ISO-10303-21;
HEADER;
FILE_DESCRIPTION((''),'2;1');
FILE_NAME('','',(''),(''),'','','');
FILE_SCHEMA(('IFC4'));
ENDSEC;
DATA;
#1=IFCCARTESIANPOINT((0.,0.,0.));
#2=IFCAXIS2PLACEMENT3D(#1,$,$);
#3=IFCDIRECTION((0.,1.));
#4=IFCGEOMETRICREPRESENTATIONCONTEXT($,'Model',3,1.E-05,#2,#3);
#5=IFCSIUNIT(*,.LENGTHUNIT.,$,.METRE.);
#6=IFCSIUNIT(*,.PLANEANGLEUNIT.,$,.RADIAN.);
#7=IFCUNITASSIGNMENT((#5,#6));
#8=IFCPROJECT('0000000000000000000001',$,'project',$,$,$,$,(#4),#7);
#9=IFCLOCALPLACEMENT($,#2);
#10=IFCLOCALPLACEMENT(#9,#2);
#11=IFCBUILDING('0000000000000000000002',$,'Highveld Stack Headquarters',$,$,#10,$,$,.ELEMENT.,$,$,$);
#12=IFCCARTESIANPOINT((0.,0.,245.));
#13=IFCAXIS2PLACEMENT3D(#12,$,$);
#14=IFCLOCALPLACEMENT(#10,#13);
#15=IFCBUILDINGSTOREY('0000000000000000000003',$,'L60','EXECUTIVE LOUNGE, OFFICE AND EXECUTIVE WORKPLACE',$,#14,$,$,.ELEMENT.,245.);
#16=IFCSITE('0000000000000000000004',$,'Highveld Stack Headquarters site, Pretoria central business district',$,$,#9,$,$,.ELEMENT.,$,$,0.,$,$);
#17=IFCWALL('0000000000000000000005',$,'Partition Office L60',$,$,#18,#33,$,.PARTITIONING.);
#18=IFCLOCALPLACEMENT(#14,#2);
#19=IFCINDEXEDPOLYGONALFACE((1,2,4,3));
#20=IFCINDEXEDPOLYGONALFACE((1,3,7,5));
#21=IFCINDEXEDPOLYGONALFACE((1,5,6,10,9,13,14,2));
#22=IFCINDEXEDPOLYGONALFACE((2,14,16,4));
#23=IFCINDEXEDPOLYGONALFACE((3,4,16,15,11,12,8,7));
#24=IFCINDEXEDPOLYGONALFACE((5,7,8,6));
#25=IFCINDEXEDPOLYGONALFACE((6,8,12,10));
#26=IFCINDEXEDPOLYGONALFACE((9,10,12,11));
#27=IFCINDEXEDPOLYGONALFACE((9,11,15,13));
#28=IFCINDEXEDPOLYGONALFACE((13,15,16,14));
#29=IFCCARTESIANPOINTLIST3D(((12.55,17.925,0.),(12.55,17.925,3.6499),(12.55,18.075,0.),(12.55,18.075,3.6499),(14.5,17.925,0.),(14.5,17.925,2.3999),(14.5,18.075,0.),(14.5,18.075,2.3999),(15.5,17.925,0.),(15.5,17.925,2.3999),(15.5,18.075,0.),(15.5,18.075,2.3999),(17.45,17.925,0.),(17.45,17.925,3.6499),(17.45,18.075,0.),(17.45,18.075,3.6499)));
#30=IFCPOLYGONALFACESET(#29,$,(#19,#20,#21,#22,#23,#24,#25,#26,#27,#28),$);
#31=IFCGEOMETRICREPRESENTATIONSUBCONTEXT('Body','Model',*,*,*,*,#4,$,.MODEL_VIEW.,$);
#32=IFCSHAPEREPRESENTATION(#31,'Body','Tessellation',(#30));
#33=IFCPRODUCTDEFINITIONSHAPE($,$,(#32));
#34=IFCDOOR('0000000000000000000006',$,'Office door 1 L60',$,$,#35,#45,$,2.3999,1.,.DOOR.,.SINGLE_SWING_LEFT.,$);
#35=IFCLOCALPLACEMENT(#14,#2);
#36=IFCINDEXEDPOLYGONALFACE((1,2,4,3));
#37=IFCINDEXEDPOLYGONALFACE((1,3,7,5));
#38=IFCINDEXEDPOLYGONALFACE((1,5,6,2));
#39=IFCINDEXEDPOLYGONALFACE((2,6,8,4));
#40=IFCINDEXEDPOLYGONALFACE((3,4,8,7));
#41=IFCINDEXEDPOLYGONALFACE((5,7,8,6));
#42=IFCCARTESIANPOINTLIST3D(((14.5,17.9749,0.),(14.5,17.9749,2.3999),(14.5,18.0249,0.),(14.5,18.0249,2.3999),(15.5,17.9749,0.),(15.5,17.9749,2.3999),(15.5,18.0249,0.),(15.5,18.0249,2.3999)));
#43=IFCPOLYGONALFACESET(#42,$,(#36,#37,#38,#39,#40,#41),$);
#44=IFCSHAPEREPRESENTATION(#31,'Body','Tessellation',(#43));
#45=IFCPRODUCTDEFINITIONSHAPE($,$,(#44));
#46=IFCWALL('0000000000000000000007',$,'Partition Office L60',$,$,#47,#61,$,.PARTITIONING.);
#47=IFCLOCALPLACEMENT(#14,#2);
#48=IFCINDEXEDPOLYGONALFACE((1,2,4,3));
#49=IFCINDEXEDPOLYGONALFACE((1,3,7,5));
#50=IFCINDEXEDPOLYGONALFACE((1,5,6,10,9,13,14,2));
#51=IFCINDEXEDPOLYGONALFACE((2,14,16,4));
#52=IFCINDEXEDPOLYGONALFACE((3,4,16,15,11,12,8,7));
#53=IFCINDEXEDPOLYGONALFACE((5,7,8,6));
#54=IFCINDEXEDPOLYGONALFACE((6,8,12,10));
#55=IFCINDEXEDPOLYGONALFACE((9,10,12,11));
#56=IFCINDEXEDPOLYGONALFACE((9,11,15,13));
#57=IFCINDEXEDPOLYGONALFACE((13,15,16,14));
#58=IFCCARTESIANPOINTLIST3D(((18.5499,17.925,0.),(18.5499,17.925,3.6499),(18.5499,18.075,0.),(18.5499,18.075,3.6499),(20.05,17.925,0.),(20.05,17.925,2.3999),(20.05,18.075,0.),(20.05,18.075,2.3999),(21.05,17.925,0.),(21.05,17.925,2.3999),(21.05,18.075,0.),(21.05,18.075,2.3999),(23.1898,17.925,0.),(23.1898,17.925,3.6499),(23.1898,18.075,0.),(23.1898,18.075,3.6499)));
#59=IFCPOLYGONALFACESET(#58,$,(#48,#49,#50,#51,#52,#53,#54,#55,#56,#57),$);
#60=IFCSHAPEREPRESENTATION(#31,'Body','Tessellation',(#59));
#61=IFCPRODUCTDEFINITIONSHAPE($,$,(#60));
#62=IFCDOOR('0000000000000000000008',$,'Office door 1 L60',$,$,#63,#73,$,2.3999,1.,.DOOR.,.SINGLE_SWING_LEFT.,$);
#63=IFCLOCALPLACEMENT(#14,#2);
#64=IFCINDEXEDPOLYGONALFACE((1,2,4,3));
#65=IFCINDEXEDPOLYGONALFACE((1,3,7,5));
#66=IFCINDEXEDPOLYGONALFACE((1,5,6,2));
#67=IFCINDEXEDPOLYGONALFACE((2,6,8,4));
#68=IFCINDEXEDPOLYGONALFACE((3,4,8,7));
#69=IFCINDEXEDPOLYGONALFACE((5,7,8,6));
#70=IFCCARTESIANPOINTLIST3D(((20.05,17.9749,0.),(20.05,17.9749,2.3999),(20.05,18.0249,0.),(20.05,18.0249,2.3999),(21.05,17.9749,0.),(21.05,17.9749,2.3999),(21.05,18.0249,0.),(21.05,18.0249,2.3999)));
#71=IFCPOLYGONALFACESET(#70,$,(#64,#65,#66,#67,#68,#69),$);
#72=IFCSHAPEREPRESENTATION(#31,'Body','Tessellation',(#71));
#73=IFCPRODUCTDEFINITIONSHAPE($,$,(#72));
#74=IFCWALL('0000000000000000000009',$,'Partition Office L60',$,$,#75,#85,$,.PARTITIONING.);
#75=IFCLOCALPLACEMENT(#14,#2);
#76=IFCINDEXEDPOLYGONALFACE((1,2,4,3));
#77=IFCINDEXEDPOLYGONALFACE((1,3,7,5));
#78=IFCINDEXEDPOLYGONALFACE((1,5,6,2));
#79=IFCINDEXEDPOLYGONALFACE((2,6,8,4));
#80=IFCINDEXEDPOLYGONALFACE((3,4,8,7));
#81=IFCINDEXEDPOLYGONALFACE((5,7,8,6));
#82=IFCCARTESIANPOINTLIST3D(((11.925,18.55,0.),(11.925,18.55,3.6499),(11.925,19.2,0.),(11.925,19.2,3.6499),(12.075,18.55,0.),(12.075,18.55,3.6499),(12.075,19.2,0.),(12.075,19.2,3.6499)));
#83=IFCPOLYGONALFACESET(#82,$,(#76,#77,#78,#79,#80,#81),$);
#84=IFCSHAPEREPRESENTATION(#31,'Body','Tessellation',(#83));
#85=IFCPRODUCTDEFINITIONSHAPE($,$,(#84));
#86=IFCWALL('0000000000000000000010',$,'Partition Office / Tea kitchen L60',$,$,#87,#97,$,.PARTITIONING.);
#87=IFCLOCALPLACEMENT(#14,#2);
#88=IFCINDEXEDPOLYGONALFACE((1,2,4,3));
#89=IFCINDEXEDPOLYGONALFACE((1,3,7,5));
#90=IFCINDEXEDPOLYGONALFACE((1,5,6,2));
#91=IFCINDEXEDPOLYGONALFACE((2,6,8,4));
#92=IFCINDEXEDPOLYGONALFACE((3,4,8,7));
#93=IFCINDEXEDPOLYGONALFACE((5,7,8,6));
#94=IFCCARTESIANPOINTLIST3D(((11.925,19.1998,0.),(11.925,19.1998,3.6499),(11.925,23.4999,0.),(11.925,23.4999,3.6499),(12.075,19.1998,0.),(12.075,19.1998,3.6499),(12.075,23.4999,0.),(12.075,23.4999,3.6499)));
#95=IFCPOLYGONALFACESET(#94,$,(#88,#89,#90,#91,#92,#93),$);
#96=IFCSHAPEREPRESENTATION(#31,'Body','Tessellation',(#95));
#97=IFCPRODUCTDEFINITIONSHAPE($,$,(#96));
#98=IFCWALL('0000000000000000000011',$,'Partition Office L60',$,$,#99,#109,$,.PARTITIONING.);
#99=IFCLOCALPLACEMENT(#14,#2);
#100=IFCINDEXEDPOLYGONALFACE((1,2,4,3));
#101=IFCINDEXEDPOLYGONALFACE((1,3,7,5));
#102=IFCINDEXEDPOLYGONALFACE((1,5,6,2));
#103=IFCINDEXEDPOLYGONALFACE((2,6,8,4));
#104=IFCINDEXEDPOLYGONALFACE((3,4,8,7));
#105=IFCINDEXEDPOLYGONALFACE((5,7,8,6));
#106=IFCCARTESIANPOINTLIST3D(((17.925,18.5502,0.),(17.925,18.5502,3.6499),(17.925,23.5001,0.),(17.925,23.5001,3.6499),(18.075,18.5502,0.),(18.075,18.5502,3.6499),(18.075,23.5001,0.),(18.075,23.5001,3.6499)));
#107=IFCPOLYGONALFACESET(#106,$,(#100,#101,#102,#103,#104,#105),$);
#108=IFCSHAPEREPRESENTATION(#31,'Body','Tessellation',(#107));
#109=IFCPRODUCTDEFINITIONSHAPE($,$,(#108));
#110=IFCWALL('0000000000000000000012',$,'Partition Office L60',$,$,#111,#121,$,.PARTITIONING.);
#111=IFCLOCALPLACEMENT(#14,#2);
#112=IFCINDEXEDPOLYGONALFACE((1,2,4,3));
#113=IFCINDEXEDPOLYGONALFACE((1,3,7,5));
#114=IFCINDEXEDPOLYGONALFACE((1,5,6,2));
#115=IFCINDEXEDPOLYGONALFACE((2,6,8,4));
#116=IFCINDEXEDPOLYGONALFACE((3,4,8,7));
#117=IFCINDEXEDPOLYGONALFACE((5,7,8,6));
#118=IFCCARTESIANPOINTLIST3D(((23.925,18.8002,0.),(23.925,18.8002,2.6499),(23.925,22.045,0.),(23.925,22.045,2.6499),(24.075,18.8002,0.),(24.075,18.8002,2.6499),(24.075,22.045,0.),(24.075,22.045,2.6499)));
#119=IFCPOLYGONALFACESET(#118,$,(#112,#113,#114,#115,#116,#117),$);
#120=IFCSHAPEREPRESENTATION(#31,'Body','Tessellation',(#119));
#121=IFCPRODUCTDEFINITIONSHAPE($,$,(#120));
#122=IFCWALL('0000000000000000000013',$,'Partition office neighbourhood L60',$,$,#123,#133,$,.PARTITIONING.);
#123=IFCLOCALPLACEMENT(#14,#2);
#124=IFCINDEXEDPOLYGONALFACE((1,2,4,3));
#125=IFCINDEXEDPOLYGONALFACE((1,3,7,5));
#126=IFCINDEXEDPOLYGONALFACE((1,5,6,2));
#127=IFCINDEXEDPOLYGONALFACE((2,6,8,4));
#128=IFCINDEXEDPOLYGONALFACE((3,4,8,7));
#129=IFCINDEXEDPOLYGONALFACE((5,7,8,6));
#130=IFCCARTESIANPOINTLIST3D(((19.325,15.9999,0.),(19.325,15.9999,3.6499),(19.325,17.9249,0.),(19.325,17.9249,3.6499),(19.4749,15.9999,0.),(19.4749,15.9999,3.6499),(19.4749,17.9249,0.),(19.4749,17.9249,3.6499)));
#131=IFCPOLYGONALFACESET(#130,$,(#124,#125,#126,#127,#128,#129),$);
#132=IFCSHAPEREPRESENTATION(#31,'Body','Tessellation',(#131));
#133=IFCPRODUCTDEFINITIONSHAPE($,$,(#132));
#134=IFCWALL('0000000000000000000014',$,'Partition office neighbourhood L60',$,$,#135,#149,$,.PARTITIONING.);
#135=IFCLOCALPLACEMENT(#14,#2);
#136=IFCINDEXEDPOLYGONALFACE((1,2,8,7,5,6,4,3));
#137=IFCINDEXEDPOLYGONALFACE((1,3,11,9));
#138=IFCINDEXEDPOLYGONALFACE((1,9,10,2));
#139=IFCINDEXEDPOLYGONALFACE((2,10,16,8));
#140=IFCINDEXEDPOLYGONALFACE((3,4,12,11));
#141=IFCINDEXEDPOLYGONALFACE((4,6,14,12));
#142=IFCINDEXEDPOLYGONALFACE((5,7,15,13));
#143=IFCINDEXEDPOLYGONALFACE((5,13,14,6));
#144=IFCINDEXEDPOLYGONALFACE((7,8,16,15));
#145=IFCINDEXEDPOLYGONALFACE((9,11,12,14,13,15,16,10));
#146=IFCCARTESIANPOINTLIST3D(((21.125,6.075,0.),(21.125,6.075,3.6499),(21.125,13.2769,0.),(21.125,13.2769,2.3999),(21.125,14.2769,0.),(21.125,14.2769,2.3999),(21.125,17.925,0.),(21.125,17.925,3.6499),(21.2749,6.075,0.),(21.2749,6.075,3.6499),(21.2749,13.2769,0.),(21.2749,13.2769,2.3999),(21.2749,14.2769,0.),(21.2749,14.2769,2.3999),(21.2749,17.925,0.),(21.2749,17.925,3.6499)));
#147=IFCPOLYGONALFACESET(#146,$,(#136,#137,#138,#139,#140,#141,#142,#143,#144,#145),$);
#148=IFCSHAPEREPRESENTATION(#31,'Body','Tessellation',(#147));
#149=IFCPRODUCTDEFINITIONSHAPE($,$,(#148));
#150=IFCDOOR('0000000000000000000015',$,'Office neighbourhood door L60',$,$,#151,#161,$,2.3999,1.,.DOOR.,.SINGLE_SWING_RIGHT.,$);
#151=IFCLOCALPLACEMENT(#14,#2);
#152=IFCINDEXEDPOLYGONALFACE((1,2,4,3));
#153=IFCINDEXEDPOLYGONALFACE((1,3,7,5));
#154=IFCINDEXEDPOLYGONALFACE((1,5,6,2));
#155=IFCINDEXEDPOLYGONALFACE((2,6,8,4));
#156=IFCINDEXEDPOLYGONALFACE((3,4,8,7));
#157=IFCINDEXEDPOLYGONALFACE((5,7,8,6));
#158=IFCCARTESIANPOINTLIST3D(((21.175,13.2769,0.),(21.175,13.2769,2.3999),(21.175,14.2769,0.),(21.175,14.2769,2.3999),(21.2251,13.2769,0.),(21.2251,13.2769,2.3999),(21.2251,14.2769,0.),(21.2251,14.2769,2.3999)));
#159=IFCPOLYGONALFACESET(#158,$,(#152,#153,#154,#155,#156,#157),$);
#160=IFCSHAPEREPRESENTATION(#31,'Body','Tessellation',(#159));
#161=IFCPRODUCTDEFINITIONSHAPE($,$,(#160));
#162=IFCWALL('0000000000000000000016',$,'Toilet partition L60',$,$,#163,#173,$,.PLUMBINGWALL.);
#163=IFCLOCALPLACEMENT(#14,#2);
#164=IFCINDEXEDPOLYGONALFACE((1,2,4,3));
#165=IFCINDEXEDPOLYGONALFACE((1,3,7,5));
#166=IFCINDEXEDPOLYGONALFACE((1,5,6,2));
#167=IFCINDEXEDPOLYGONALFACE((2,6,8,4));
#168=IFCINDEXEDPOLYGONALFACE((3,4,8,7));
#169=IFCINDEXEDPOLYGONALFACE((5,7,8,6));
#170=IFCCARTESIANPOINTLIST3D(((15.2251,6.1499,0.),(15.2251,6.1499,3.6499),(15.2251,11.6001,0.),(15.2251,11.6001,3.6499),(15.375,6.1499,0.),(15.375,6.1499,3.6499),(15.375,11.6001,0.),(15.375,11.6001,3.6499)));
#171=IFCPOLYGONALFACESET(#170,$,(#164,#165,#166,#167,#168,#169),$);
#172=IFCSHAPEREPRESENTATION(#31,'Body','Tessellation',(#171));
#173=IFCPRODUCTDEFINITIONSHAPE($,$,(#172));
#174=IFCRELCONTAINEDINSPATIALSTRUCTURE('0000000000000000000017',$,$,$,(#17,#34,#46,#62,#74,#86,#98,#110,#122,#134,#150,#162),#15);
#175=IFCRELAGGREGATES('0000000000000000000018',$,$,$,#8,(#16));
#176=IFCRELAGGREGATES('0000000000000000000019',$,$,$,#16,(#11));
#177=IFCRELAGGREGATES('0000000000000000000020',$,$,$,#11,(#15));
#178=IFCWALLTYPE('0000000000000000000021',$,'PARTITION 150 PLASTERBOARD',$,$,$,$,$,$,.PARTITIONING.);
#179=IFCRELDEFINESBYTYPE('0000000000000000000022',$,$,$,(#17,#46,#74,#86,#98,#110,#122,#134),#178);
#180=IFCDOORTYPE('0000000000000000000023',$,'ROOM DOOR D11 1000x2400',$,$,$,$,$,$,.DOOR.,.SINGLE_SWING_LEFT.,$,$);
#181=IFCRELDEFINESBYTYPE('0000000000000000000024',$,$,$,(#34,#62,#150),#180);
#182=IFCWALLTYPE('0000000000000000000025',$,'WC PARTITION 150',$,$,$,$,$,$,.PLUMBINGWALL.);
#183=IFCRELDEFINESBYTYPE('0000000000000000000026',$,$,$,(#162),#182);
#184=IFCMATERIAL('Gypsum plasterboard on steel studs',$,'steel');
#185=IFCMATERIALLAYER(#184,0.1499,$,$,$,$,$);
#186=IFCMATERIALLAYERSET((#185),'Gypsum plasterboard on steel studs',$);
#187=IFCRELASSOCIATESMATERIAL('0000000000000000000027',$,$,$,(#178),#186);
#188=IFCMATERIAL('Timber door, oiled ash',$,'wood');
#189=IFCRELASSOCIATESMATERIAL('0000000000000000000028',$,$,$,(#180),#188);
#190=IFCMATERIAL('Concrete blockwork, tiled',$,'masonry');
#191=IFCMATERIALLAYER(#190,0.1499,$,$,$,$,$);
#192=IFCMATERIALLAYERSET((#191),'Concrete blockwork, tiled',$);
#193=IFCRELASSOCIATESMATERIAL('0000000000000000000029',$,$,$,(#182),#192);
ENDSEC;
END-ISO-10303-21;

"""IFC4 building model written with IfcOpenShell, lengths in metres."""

from ifc_helpers import new_model, si_unit, direction, frame, frame_2d, origin, place, context, subcontext, project, spatial, rectangle, extrude, material, layer, layer_set, type_object, element, fill, save


model = new_model("IFC4")

# Units and contexts
model_context = context("Model", 3, precision=1e-05, world=origin(), true_north=direction((0.0, 1.0)))
body_context = subcontext(model_context, "Body", "Model", "MODEL_VIEW")
ifc_project = project(units=[si_unit("LENGTHUNIT", "METRE"), si_unit("PLANEANGLEUNIT", "RADIAN")], contexts=[model_context])

# Site, building, storey
site_placement = place(None, origin())
site = spatial("IfcSite", under=ifc_project, at=site_placement, Name="Highveld Stack Headquarters site, Pretoria central business district", CompositionType="ELEMENT", RefElevation=0.0)
building_placement = place(site_placement, origin())
building = spatial("IfcBuilding", under=site, at=building_placement, Name="Highveld Stack Headquarters", CompositionType="ELEMENT")
storey_placement = place(building_placement, frame((0.0, 0.0, 245.0)))
storey = spatial("IfcBuildingStorey", under=building, at=storey_placement, Name="L60", Description="EXECUTIVE LOUNGE, OFFICE AND EXECUTIVE WORKPLACE", CompositionType="ELEMENT", Elevation=245.0)

# Walls, openings, doors
ifc_material_1 = material(Name="Gypsum plasterboard on steel studs", Category="steel")
ifc_layer_1 = layer(ifc_material_1, 0.1499)
ifc_layer_set_1 = layer_set([ifc_layer_1], Name="Gypsum plasterboard on steel studs")
wall_type_1 = type_object("IfcWallType", Name="PARTITION 150 PLASTERBOARD", PredefinedType="PARTITIONING", material=ifc_layer_set_1)
wall_1_placement = place(storey_placement, frame((12.55, 18.0, 0.0), z_axis=(0.0, 0.0, 1.0), x_axis=(1.0, 0.0, 0.0)))
wall_1 = element("IfcWall", 1, at=wall_1_placement, inside=storey, type_object=wall_type_1, Name="Partition Office L60", PredefinedType="PARTITIONING", context=body_context, shape_type="SweptSolid", body=[
    extrude(rectangle(XDim=4.8999, YDim=0.1499, at=frame_2d((2.45, 0.0))), origin(), (0.0, 0.0, 1.0), 3.6499),
])
opening_1_placement = place(wall_1_placement, frame((1.95, 0.0, 0.0)))
opening_1 = element("IfcOpeningElement", 2, at=opening_1_placement, cuts=wall_1, PredefinedType="OPENING", context=body_context, shape_type="SweptSolid", body=[
    extrude(rectangle(XDim=1.0, YDim=2.3999, at=frame_2d((0.5, 1.2))), frame((0.0, 0.085, 0.0), z_axis=(0.0, -1.0, 0.0), x_axis=(1.0, 0.0, 0.0)), (0.0, 0.0, 1.0), 0.1699),
])
ifc_material_2 = material(Name="Timber door, oiled ash", Category="wood")
door_type = type_object("IfcDoorType", Name="ROOM DOOR D11 1000x2400", OperationType="SINGLE_SWING_LEFT", PredefinedType="DOOR", material=ifc_material_2)
door_1_placement = place(opening_1_placement, origin())
door_1 = element("IfcDoor", 3, at=door_1_placement, inside=storey, type_object=door_type, Name="Office door 1 L60", OperationType="SINGLE_SWING_LEFT", OverallHeight=2.3999, OverallWidth=1.0, PredefinedType="DOOR", context=body_context, shape_type="SweptSolid", body=[
    extrude(rectangle(XDim=1.0, YDim=2.3999, at=frame_2d((0.5, 1.2))), frame((0.0, 0.0249, 0.0), z_axis=(0.0, -1.0, 0.0), x_axis=(1.0, 0.0, 0.0)), (0.0, 0.0, 1.0), 0.05),
])
fill(opening_1, door_1)
wall_2_placement = place(storey_placement, frame((18.55, 18.0, 0.0), z_axis=(0.0, 0.0, 1.0), x_axis=(1.0, 0.0, 0.0)))
wall_2 = element("IfcWall", 4, at=wall_2_placement, inside=storey, type_object=wall_type_1, Name="Partition Office L60", PredefinedType="PARTITIONING", context=body_context, shape_type="SweptSolid", body=[
    extrude(rectangle(XDim=4.6399, YDim=0.1499, at=frame_2d((2.3198, 0.0))), origin(), (0.0, 0.0, 1.0), 3.6499),
])
opening_2_placement = place(wall_2_placement, frame((1.5, 0.0, 0.0)))
opening_2 = element("IfcOpeningElement", 5, at=opening_2_placement, cuts=wall_2, PredefinedType="OPENING", context=body_context, shape_type="SweptSolid", body=[
    extrude(rectangle(XDim=1.0, YDim=2.3999, at=frame_2d((0.5, 1.2))), frame((0.0, 0.085, 0.0), z_axis=(0.0, -1.0, 0.0), x_axis=(1.0, 0.0, 0.0)), (0.0, 0.0, 1.0), 0.1699),
])
door_2_placement = place(opening_2_placement, origin())
door_2 = element("IfcDoor", 6, at=door_2_placement, inside=storey, type_object=door_type, Name="Office door 1 L60", OperationType="SINGLE_SWING_LEFT", OverallHeight=2.3999, OverallWidth=1.0, PredefinedType="DOOR", context=body_context, shape_type="SweptSolid", body=[
    extrude(rectangle(XDim=1.0, YDim=2.3999, at=frame_2d((0.5, 1.2))), frame((0.0, 0.0249, 0.0), z_axis=(0.0, -1.0, 0.0), x_axis=(1.0, 0.0, 0.0)), (0.0, 0.0, 1.0), 0.05),
])
fill(opening_2, door_2)

# Walls
wall_3_placement = place(storey_placement, frame((12.0, 18.55, 0.0), z_axis=(0.0, 0.0, 1.0), x_axis=(0.0, 1.0, 0.0)))
element("IfcWall", 7, at=wall_3_placement, inside=storey, type_object=wall_type_1, Name="Partition Office L60", PredefinedType="PARTITIONING", context=body_context, shape_type="SweptSolid", body=[
    extrude(rectangle(XDim=0.6499, YDim=0.1499, at=frame_2d((0.325, 0.0))), origin(), (0.0, 0.0, 1.0), 3.6499),
])
wall_4_placement = place(storey_placement, frame((12.0, 19.2, 0.0), z_axis=(0.0, 0.0, 1.0), x_axis=(0.0, 1.0, 0.0)))
element("IfcWall", 8, at=wall_4_placement, inside=storey, type_object=wall_type_1, Name="Partition Office / Tea kitchen L60", PredefinedType="PARTITIONING", context=body_context, shape_type="SweptSolid", body=[
    extrude(rectangle(XDim=4.3, YDim=0.1499, at=frame_2d((2.1499, 0.0))), origin(), (0.0, 0.0, 1.0), 3.6499),
])
wall_5_placement = place(storey_placement, frame((18.0, 18.55, 0.0), z_axis=(0.0, 0.0, 1.0), x_axis=(0.0, 1.0, 0.0)))
element("IfcWall", 9, at=wall_5_placement, inside=storey, type_object=wall_type_1, Name="Partition Office L60", PredefinedType="PARTITIONING", context=body_context, shape_type="SweptSolid", body=[
    extrude(rectangle(XDim=4.95, YDim=0.1499, at=frame_2d((2.4751, 0.0))), origin(), (0.0, 0.0, 1.0), 3.6499),
])
wall_6_placement = place(storey_placement, frame((24.0, 18.8, 0.0), z_axis=(0.0, 0.0, 1.0), x_axis=(0.0, 1.0, 0.0)))
element("IfcWall", 10, at=wall_6_placement, inside=storey, type_object=wall_type_1, Name="Partition Office L60", PredefinedType="PARTITIONING", context=body_context, shape_type="SweptSolid", body=[
    extrude(rectangle(XDim=3.2449, YDim=0.1499, at=frame_2d((1.6226, 0.0))), origin(), (0.0, 0.0, 1.0), 2.6499),
])
wall_7_placement = place(storey_placement, frame((19.3999, 16.0, 0.0), z_axis=(0.0, 0.0, 1.0), x_axis=(0.0, 1.0, 0.0)))
element("IfcWall", 11, at=wall_7_placement, inside=storey, type_object=wall_type_1, Name="Partition office neighbourhood L60", PredefinedType="PARTITIONING", context=body_context, shape_type="SweptSolid", body=[
    extrude(rectangle(XDim=1.925, YDim=0.1499, at=frame_2d((0.9624, 0.0))), origin(), (0.0, 0.0, 1.0), 3.6499),
])

# Wall, opening, door
wall_8_placement = place(storey_placement, frame((21.2, 6.075, 0.0), z_axis=(0.0, 0.0, 1.0), x_axis=(0.0, 1.0, 0.0)))
wall_8 = element("IfcWall", 12, at=wall_8_placement, inside=storey, type_object=wall_type_1, Name="Partition office neighbourhood L60", PredefinedType="PARTITIONING", context=body_context, shape_type="SweptSolid", body=[
    extrude(rectangle(XDim=11.8501, YDim=0.1499, at=frame_2d((5.925, 0.0))), origin(), (0.0, 0.0, 1.0), 3.6499),
])
opening_3_placement = place(wall_8_placement, frame((7.2019, 0.0, 0.0)))
opening_3 = element("IfcOpeningElement", 13, at=opening_3_placement, cuts=wall_8, PredefinedType="OPENING", context=body_context, shape_type="SweptSolid", body=[
    extrude(rectangle(XDim=1.0, YDim=2.3999, at=frame_2d((0.5, 1.2))), frame((0.0, 0.085, 0.0), z_axis=(0.0, -1.0, 0.0), x_axis=(1.0, 0.0, 0.0)), (0.0, 0.0, 1.0), 0.1699),
])
door_3_placement = place(opening_3_placement, origin())
door_3 = element("IfcDoor", 14, at=door_3_placement, inside=storey, type_object=door_type, Name="Office neighbourhood door L60", OperationType="SINGLE_SWING_RIGHT", OverallHeight=2.3999, OverallWidth=1.0, PredefinedType="DOOR", context=body_context, shape_type="SweptSolid", body=[
    extrude(rectangle(XDim=1.0, YDim=2.3999, at=frame_2d((0.5, 1.2))), frame((0.0, 0.0249, 0.0), z_axis=(0.0, -1.0, 0.0), x_axis=(1.0, 0.0, 0.0)), (0.0, 0.0, 1.0), 0.05),
])
fill(opening_3, door_3)

# Wall
ifc_material_3 = material(Name="Concrete blockwork, tiled", Category="masonry")
ifc_layer_2 = layer(ifc_material_3, 0.1499)
ifc_layer_set_2 = layer_set([ifc_layer_2], Name="Concrete blockwork, tiled")
wall_type_2 = type_object("IfcWallType", Name="WC PARTITION 150", PredefinedType="PLUMBINGWALL", material=ifc_layer_set_2)
wall_9_placement = place(storey_placement, frame((15.3, 6.1499, 0.0), z_axis=(0.0, 0.0, 1.0), x_axis=(0.0, 1.0, 0.0)))
element("IfcWall", 15, at=wall_9_placement, inside=storey, type_object=wall_type_2, Name="Toilet partition L60", PredefinedType="PLUMBINGWALL", context=body_context, shape_type="SweptSolid", body=[
    extrude(rectangle(XDim=5.4502, YDim=0.1499, at=frame_2d((2.7251, 0.0))), origin(), (0.0, 0.0, 1.0), 3.6499),
])

save(model, "model.ifc")
